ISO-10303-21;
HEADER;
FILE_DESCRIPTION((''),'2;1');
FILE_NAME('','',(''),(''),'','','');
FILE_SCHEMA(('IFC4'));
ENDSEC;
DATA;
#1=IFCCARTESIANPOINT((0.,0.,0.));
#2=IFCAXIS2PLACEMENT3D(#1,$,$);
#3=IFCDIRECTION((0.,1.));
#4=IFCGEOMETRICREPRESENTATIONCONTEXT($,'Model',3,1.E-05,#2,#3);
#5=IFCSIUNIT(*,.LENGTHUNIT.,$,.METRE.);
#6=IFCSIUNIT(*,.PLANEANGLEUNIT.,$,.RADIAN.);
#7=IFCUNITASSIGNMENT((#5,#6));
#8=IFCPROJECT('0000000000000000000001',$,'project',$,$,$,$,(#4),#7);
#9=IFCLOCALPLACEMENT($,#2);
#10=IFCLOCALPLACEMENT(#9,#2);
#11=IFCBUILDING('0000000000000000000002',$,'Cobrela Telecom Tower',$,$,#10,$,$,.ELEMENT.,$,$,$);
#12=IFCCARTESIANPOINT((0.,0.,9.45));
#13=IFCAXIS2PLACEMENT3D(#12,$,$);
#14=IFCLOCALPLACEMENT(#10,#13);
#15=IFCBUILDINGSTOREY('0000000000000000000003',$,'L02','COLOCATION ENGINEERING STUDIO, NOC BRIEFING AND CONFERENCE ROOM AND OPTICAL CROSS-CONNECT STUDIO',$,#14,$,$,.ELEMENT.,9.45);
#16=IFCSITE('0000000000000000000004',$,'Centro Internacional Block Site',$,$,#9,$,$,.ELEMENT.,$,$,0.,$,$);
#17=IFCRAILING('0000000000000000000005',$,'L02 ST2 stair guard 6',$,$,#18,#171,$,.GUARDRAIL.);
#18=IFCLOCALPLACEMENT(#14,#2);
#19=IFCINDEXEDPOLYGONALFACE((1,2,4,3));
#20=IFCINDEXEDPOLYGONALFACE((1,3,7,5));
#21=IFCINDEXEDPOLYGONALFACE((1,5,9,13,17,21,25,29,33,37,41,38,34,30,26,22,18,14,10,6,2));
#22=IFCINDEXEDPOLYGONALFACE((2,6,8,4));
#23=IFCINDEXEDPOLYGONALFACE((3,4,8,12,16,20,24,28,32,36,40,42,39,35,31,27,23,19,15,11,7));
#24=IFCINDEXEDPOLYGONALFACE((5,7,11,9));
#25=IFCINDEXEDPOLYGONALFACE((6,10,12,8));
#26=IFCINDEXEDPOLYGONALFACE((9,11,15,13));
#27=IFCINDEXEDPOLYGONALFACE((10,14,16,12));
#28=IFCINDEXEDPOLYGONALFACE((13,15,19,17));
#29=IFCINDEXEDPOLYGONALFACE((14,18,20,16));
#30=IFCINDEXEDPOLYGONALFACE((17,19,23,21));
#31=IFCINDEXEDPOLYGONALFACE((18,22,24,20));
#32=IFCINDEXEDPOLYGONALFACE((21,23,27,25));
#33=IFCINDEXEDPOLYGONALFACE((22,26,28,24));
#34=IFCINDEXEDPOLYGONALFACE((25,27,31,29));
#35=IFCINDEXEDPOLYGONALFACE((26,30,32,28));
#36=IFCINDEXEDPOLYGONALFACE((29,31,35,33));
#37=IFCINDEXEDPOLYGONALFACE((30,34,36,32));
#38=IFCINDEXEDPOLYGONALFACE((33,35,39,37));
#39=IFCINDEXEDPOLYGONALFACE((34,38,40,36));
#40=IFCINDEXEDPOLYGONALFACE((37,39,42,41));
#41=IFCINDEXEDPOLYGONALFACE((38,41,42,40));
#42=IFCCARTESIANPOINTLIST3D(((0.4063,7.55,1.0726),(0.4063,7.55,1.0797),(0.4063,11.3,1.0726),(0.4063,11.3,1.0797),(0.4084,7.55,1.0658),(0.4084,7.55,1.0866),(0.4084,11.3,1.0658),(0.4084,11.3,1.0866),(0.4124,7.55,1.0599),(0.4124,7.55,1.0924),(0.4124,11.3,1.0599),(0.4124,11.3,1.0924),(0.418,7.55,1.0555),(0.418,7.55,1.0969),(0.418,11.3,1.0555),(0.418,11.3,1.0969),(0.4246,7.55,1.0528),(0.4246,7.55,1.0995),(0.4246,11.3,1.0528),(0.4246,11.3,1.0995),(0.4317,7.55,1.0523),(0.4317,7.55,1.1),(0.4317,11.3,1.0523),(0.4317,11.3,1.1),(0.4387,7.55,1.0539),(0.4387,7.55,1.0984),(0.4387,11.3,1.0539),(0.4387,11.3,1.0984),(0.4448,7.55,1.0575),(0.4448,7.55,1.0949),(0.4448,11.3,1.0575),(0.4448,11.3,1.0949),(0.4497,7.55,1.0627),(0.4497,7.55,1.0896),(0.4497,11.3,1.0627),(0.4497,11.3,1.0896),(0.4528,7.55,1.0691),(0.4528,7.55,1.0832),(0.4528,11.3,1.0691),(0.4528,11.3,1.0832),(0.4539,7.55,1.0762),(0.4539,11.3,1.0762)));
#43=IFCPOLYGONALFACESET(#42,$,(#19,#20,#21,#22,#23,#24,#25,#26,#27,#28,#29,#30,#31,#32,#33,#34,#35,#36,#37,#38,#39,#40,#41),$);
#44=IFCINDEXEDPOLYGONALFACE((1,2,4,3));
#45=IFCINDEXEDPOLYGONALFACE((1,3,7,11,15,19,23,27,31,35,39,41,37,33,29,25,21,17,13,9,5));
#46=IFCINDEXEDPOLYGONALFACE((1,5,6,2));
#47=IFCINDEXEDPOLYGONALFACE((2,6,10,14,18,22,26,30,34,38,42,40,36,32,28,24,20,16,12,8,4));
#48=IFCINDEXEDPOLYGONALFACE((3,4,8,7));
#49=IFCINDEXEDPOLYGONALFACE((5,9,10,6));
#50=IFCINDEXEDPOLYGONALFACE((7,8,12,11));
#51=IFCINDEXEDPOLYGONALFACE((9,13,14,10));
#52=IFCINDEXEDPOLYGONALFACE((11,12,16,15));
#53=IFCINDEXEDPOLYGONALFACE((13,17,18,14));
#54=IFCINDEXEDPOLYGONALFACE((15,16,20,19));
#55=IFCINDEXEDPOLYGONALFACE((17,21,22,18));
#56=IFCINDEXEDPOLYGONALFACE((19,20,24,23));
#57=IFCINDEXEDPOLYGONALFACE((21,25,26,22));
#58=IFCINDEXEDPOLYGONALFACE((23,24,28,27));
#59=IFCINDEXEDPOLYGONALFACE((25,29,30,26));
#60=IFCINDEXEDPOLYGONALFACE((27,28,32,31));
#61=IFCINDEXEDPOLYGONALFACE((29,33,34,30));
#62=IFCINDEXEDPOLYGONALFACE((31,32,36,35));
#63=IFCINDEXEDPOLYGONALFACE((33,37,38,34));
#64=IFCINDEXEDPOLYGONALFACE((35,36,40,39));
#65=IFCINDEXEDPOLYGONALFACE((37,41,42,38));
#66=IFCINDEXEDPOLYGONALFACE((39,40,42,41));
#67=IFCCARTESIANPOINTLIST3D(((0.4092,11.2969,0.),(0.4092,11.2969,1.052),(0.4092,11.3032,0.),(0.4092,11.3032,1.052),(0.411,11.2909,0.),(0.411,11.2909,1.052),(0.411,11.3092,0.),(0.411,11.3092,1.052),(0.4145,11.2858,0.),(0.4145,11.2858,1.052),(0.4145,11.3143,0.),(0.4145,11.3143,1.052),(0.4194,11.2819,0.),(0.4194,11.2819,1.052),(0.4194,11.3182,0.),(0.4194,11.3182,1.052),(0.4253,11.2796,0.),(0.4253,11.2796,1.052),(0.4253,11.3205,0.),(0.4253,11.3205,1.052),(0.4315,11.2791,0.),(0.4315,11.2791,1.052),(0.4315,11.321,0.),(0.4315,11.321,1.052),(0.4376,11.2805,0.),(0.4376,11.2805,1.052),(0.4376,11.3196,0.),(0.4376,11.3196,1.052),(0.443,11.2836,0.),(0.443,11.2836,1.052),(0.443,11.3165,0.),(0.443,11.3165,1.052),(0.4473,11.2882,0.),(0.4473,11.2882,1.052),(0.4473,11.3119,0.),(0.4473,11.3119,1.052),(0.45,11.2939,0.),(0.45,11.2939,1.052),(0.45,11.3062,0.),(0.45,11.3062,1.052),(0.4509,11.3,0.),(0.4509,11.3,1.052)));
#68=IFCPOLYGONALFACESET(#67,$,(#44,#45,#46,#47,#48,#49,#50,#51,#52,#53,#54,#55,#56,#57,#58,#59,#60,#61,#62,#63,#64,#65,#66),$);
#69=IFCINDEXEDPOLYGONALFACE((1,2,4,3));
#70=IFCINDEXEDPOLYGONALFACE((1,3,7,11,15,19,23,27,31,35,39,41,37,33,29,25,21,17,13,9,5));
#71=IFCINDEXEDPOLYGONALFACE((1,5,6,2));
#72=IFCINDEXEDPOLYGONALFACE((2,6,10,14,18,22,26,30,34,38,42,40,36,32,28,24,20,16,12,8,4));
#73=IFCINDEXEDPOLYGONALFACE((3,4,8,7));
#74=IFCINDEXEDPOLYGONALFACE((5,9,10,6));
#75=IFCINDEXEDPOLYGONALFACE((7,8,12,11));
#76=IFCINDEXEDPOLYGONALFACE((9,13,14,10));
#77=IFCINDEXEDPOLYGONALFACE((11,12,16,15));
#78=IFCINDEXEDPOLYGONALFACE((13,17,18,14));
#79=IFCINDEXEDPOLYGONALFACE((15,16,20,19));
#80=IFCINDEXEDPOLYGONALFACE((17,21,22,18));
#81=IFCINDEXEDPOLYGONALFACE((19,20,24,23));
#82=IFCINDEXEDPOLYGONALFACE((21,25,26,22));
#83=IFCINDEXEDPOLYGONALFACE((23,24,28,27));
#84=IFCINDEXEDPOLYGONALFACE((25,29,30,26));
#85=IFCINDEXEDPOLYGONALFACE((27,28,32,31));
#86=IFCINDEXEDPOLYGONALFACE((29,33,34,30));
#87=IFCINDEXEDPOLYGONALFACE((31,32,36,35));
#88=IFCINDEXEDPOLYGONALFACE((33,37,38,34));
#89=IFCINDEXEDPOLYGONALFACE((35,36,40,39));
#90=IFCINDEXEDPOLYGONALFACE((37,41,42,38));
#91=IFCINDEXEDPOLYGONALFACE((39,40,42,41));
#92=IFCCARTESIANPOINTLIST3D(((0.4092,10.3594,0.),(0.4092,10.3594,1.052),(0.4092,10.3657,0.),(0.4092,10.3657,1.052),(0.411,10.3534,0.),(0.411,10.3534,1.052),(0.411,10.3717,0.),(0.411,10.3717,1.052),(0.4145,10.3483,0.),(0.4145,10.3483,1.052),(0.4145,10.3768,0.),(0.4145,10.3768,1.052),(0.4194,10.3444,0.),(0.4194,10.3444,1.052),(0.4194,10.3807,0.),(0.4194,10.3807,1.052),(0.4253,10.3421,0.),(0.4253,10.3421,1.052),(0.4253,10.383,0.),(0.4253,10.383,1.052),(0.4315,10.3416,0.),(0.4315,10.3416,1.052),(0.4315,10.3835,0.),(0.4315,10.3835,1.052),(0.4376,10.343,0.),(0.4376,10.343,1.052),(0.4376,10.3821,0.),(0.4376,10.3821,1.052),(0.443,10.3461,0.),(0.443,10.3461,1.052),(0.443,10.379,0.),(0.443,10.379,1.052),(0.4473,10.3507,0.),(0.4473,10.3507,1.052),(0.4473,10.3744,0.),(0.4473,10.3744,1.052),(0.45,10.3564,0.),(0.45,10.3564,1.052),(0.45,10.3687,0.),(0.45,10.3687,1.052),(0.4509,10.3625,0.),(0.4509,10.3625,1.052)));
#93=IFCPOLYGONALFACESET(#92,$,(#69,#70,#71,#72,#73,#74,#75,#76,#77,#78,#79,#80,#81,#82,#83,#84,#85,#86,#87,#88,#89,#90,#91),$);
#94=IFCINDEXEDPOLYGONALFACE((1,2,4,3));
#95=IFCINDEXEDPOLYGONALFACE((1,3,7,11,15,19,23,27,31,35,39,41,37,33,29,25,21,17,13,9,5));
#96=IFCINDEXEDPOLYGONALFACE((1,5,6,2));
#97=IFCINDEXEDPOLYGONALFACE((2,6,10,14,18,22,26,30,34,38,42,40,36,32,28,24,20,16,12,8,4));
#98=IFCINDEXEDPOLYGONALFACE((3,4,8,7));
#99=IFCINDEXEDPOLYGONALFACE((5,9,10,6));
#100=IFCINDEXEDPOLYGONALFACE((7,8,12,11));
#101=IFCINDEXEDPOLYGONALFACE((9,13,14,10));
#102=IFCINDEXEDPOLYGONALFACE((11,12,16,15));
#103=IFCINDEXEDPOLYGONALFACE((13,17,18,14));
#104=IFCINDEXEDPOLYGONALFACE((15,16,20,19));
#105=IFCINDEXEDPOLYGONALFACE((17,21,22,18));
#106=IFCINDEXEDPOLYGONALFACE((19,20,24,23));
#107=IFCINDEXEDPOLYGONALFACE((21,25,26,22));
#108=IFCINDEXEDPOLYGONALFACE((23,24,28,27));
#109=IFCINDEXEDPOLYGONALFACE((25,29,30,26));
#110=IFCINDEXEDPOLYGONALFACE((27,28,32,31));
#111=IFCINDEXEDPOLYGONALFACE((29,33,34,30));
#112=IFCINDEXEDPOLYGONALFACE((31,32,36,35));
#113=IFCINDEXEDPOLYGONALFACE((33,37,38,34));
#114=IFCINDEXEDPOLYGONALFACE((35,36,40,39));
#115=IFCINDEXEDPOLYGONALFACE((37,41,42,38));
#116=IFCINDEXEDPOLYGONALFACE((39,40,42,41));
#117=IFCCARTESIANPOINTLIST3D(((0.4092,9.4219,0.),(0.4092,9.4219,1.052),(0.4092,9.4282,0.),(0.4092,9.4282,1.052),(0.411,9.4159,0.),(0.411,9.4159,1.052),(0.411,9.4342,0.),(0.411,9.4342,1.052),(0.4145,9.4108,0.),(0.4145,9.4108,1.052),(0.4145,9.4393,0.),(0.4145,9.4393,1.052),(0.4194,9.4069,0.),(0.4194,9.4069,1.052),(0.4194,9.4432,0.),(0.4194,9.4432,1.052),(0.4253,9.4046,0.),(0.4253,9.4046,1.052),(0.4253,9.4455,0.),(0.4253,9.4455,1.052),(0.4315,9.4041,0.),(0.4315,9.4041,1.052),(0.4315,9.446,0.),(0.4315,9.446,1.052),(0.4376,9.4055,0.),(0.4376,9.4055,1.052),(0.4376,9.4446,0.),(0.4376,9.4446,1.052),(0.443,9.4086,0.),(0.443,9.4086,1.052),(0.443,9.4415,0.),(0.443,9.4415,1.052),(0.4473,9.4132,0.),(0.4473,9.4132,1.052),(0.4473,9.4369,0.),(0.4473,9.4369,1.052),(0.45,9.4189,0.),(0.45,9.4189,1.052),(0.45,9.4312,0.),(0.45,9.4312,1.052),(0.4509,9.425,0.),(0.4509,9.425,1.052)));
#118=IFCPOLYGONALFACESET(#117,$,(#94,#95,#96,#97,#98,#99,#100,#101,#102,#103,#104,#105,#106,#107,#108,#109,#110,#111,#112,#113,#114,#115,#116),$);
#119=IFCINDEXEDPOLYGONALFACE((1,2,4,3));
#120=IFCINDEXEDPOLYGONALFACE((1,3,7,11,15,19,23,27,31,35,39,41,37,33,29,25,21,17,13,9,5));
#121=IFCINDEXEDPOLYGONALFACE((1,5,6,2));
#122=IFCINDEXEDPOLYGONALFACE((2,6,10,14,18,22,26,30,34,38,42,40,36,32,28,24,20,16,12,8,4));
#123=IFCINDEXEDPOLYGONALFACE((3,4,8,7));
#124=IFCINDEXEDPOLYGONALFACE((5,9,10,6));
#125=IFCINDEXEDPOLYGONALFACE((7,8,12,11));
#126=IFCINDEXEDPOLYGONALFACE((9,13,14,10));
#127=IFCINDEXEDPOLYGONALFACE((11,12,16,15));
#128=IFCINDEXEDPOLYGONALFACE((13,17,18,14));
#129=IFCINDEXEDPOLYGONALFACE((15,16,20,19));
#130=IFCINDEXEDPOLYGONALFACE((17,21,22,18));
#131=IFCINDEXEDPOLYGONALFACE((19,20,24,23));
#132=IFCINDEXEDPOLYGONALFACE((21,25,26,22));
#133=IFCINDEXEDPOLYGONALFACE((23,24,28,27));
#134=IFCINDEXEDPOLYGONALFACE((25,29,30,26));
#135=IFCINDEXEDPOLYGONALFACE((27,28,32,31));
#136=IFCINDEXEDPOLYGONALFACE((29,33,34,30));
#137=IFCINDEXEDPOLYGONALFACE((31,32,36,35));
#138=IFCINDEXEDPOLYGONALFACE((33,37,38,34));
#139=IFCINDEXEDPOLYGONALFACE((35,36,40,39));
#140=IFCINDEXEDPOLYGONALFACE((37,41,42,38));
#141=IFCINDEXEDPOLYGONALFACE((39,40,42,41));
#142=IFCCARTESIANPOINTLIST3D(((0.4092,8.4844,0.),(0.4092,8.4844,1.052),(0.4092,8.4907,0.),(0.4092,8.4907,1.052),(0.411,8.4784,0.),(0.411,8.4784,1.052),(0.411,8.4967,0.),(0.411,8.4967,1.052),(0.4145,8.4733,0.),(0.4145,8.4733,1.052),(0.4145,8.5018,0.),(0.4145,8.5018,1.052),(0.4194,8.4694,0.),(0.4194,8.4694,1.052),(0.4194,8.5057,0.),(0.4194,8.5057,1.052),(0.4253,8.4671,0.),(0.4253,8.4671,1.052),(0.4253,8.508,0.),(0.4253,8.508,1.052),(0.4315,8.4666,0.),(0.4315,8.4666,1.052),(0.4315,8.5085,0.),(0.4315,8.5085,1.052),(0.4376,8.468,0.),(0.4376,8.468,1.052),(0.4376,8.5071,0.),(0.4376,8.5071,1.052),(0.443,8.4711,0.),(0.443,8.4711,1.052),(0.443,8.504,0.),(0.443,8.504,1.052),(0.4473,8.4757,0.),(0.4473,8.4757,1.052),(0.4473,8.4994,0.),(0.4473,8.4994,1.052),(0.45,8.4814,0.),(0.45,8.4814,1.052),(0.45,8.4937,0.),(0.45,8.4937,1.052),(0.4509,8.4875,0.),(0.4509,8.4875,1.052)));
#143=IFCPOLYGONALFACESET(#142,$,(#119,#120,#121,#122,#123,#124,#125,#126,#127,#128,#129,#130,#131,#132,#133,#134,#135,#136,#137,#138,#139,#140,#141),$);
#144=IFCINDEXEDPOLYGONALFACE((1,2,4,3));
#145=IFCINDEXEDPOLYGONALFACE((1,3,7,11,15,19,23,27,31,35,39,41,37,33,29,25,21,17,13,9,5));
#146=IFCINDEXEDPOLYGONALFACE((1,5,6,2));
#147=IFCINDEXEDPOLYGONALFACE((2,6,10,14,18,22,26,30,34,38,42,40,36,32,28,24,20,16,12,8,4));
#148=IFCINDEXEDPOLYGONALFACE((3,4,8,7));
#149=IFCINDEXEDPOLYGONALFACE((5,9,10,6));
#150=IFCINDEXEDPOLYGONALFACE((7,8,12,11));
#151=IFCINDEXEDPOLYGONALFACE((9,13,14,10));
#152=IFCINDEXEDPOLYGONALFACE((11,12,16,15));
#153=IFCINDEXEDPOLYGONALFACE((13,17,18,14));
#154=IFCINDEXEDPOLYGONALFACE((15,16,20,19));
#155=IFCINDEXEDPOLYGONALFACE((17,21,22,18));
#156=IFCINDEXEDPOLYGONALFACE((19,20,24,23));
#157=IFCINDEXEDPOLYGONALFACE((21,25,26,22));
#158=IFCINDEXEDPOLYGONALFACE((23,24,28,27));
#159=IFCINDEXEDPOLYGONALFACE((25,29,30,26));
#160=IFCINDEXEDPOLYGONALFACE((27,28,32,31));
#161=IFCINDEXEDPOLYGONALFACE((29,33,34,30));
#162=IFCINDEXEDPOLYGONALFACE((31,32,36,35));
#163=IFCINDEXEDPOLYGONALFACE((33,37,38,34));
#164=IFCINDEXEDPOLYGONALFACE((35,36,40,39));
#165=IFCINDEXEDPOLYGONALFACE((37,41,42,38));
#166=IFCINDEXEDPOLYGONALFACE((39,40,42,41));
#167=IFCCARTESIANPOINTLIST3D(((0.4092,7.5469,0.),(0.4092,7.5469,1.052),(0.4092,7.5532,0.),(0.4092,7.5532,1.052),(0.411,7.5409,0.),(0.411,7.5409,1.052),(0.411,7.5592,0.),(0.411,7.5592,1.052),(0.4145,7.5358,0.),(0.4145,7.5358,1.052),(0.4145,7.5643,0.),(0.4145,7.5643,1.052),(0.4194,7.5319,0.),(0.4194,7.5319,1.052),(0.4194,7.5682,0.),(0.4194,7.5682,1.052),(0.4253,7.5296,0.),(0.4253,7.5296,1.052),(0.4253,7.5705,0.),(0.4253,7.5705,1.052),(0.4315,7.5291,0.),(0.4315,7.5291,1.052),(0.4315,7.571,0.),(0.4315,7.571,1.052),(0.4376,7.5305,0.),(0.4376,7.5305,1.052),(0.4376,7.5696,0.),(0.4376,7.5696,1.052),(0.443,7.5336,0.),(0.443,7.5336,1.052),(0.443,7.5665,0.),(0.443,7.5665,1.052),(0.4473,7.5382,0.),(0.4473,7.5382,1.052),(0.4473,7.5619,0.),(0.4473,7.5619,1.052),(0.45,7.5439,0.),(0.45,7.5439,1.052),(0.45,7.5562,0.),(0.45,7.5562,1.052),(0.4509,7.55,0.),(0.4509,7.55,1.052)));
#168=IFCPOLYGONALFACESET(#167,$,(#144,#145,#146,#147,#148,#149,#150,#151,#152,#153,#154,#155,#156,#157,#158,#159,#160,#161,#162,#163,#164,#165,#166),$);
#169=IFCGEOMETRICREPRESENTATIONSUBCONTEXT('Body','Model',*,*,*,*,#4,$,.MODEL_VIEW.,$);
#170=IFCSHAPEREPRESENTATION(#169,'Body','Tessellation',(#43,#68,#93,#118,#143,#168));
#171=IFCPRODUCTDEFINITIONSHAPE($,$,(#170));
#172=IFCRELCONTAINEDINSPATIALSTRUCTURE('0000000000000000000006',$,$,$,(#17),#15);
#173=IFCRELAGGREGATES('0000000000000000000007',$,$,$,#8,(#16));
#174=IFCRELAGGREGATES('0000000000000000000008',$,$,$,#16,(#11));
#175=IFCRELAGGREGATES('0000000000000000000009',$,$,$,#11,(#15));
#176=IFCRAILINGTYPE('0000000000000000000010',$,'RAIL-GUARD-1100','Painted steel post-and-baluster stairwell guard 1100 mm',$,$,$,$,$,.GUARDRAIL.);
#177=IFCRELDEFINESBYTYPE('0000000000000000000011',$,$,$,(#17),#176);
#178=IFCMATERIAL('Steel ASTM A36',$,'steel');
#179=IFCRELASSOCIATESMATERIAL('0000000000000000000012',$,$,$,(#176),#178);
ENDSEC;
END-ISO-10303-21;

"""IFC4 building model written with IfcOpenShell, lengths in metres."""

from ifc_helpers import new_model, si_unit, direction, frame, origin, origin_2d, place, context, subcontext, project, spatial, circle, extrude, material, type_object, element, save


model = new_model("IFC4")

# Units and contexts
model_context = context("Model", 3, precision=1e-05, world=origin(), true_north=direction((0.0, 1.0)))
body_context = subcontext(model_context, "Body", "Model", "MODEL_VIEW")
ifc_project = project(units=[si_unit("LENGTHUNIT", "METRE"), si_unit("PLANEANGLEUNIT", "RADIAN")], contexts=[model_context])

# Site, building, storey
site_placement = place(None, origin())
site = spatial("IfcSite", under=ifc_project, at=site_placement, Name="Centro Internacional Block Site", CompositionType="ELEMENT", RefElevation=0.0)
building_placement = place(site_placement, origin())
building = spatial("IfcBuilding", under=site, at=building_placement, Name="Cobrela Telecom Tower", CompositionType="ELEMENT")
storey_placement = place(building_placement, frame((0.0, 0.0, 9.45)))
storey = spatial("IfcBuildingStorey", under=building, at=storey_placement, Name="L02", Description="COLOCATION ENGINEERING STUDIO, NOC BRIEFING AND CONFERENCE ROOM AND OPTICAL CROSS-CONNECT STUDIO", CompositionType="ELEMENT", Elevation=9.45)

# Railing
ifc_material_1 = material(Name="Steel ASTM A36", Category="steel")
railing_type = type_object("IfcRailingType", Name="RAIL-GUARD-1100", Description="Painted steel post-and-baluster stairwell guard 1100 mm", PredefinedType="GUARDRAIL", material=ifc_material_1)
railing_1_placement = place(storey_placement, frame((0.4299, 11.3, 0.0)))
element("IfcRailing", 1, at=railing_1_placement, inside=storey, type_object=railing_type, Name="L02 ST2 stair guard 6", PredefinedType="GUARDRAIL", context=body_context, shape_type="SweptSolid", body=[
    extrude(circle(Radius=0.0239, at=origin_2d()), frame((0.0, 0.0, 1.0762), z_axis=(0.0, -1.0, 0.0), x_axis=(1.0, 0.0, 0.0)), (0.0, 0.0, 1.0), 3.75),
    extrude(circle(Radius=0.021, at=origin_2d()), origin(), (0.0, 0.0, 1.0), 1.052),
    extrude(circle(Radius=0.021, at=origin_2d()), frame((0.0, -0.9375, 0.0)), (0.0, 0.0, 1.0), 1.052),
    extrude(circle(Radius=0.021, at=origin_2d()), frame((0.0, -1.875, 0.0)), (0.0, 0.0, 1.0), 1.052),
    extrude(circle(Radius=0.021, at=origin_2d()), frame((0.0, -2.8125, 0.0)), (0.0, 0.0, 1.0), 1.052),
    extrude(circle(Radius=0.021, at=origin_2d()), frame((0.0, -3.75, 0.0)), (0.0, 0.0, 1.0), 1.052),
])

save(model, "model.ifc")
